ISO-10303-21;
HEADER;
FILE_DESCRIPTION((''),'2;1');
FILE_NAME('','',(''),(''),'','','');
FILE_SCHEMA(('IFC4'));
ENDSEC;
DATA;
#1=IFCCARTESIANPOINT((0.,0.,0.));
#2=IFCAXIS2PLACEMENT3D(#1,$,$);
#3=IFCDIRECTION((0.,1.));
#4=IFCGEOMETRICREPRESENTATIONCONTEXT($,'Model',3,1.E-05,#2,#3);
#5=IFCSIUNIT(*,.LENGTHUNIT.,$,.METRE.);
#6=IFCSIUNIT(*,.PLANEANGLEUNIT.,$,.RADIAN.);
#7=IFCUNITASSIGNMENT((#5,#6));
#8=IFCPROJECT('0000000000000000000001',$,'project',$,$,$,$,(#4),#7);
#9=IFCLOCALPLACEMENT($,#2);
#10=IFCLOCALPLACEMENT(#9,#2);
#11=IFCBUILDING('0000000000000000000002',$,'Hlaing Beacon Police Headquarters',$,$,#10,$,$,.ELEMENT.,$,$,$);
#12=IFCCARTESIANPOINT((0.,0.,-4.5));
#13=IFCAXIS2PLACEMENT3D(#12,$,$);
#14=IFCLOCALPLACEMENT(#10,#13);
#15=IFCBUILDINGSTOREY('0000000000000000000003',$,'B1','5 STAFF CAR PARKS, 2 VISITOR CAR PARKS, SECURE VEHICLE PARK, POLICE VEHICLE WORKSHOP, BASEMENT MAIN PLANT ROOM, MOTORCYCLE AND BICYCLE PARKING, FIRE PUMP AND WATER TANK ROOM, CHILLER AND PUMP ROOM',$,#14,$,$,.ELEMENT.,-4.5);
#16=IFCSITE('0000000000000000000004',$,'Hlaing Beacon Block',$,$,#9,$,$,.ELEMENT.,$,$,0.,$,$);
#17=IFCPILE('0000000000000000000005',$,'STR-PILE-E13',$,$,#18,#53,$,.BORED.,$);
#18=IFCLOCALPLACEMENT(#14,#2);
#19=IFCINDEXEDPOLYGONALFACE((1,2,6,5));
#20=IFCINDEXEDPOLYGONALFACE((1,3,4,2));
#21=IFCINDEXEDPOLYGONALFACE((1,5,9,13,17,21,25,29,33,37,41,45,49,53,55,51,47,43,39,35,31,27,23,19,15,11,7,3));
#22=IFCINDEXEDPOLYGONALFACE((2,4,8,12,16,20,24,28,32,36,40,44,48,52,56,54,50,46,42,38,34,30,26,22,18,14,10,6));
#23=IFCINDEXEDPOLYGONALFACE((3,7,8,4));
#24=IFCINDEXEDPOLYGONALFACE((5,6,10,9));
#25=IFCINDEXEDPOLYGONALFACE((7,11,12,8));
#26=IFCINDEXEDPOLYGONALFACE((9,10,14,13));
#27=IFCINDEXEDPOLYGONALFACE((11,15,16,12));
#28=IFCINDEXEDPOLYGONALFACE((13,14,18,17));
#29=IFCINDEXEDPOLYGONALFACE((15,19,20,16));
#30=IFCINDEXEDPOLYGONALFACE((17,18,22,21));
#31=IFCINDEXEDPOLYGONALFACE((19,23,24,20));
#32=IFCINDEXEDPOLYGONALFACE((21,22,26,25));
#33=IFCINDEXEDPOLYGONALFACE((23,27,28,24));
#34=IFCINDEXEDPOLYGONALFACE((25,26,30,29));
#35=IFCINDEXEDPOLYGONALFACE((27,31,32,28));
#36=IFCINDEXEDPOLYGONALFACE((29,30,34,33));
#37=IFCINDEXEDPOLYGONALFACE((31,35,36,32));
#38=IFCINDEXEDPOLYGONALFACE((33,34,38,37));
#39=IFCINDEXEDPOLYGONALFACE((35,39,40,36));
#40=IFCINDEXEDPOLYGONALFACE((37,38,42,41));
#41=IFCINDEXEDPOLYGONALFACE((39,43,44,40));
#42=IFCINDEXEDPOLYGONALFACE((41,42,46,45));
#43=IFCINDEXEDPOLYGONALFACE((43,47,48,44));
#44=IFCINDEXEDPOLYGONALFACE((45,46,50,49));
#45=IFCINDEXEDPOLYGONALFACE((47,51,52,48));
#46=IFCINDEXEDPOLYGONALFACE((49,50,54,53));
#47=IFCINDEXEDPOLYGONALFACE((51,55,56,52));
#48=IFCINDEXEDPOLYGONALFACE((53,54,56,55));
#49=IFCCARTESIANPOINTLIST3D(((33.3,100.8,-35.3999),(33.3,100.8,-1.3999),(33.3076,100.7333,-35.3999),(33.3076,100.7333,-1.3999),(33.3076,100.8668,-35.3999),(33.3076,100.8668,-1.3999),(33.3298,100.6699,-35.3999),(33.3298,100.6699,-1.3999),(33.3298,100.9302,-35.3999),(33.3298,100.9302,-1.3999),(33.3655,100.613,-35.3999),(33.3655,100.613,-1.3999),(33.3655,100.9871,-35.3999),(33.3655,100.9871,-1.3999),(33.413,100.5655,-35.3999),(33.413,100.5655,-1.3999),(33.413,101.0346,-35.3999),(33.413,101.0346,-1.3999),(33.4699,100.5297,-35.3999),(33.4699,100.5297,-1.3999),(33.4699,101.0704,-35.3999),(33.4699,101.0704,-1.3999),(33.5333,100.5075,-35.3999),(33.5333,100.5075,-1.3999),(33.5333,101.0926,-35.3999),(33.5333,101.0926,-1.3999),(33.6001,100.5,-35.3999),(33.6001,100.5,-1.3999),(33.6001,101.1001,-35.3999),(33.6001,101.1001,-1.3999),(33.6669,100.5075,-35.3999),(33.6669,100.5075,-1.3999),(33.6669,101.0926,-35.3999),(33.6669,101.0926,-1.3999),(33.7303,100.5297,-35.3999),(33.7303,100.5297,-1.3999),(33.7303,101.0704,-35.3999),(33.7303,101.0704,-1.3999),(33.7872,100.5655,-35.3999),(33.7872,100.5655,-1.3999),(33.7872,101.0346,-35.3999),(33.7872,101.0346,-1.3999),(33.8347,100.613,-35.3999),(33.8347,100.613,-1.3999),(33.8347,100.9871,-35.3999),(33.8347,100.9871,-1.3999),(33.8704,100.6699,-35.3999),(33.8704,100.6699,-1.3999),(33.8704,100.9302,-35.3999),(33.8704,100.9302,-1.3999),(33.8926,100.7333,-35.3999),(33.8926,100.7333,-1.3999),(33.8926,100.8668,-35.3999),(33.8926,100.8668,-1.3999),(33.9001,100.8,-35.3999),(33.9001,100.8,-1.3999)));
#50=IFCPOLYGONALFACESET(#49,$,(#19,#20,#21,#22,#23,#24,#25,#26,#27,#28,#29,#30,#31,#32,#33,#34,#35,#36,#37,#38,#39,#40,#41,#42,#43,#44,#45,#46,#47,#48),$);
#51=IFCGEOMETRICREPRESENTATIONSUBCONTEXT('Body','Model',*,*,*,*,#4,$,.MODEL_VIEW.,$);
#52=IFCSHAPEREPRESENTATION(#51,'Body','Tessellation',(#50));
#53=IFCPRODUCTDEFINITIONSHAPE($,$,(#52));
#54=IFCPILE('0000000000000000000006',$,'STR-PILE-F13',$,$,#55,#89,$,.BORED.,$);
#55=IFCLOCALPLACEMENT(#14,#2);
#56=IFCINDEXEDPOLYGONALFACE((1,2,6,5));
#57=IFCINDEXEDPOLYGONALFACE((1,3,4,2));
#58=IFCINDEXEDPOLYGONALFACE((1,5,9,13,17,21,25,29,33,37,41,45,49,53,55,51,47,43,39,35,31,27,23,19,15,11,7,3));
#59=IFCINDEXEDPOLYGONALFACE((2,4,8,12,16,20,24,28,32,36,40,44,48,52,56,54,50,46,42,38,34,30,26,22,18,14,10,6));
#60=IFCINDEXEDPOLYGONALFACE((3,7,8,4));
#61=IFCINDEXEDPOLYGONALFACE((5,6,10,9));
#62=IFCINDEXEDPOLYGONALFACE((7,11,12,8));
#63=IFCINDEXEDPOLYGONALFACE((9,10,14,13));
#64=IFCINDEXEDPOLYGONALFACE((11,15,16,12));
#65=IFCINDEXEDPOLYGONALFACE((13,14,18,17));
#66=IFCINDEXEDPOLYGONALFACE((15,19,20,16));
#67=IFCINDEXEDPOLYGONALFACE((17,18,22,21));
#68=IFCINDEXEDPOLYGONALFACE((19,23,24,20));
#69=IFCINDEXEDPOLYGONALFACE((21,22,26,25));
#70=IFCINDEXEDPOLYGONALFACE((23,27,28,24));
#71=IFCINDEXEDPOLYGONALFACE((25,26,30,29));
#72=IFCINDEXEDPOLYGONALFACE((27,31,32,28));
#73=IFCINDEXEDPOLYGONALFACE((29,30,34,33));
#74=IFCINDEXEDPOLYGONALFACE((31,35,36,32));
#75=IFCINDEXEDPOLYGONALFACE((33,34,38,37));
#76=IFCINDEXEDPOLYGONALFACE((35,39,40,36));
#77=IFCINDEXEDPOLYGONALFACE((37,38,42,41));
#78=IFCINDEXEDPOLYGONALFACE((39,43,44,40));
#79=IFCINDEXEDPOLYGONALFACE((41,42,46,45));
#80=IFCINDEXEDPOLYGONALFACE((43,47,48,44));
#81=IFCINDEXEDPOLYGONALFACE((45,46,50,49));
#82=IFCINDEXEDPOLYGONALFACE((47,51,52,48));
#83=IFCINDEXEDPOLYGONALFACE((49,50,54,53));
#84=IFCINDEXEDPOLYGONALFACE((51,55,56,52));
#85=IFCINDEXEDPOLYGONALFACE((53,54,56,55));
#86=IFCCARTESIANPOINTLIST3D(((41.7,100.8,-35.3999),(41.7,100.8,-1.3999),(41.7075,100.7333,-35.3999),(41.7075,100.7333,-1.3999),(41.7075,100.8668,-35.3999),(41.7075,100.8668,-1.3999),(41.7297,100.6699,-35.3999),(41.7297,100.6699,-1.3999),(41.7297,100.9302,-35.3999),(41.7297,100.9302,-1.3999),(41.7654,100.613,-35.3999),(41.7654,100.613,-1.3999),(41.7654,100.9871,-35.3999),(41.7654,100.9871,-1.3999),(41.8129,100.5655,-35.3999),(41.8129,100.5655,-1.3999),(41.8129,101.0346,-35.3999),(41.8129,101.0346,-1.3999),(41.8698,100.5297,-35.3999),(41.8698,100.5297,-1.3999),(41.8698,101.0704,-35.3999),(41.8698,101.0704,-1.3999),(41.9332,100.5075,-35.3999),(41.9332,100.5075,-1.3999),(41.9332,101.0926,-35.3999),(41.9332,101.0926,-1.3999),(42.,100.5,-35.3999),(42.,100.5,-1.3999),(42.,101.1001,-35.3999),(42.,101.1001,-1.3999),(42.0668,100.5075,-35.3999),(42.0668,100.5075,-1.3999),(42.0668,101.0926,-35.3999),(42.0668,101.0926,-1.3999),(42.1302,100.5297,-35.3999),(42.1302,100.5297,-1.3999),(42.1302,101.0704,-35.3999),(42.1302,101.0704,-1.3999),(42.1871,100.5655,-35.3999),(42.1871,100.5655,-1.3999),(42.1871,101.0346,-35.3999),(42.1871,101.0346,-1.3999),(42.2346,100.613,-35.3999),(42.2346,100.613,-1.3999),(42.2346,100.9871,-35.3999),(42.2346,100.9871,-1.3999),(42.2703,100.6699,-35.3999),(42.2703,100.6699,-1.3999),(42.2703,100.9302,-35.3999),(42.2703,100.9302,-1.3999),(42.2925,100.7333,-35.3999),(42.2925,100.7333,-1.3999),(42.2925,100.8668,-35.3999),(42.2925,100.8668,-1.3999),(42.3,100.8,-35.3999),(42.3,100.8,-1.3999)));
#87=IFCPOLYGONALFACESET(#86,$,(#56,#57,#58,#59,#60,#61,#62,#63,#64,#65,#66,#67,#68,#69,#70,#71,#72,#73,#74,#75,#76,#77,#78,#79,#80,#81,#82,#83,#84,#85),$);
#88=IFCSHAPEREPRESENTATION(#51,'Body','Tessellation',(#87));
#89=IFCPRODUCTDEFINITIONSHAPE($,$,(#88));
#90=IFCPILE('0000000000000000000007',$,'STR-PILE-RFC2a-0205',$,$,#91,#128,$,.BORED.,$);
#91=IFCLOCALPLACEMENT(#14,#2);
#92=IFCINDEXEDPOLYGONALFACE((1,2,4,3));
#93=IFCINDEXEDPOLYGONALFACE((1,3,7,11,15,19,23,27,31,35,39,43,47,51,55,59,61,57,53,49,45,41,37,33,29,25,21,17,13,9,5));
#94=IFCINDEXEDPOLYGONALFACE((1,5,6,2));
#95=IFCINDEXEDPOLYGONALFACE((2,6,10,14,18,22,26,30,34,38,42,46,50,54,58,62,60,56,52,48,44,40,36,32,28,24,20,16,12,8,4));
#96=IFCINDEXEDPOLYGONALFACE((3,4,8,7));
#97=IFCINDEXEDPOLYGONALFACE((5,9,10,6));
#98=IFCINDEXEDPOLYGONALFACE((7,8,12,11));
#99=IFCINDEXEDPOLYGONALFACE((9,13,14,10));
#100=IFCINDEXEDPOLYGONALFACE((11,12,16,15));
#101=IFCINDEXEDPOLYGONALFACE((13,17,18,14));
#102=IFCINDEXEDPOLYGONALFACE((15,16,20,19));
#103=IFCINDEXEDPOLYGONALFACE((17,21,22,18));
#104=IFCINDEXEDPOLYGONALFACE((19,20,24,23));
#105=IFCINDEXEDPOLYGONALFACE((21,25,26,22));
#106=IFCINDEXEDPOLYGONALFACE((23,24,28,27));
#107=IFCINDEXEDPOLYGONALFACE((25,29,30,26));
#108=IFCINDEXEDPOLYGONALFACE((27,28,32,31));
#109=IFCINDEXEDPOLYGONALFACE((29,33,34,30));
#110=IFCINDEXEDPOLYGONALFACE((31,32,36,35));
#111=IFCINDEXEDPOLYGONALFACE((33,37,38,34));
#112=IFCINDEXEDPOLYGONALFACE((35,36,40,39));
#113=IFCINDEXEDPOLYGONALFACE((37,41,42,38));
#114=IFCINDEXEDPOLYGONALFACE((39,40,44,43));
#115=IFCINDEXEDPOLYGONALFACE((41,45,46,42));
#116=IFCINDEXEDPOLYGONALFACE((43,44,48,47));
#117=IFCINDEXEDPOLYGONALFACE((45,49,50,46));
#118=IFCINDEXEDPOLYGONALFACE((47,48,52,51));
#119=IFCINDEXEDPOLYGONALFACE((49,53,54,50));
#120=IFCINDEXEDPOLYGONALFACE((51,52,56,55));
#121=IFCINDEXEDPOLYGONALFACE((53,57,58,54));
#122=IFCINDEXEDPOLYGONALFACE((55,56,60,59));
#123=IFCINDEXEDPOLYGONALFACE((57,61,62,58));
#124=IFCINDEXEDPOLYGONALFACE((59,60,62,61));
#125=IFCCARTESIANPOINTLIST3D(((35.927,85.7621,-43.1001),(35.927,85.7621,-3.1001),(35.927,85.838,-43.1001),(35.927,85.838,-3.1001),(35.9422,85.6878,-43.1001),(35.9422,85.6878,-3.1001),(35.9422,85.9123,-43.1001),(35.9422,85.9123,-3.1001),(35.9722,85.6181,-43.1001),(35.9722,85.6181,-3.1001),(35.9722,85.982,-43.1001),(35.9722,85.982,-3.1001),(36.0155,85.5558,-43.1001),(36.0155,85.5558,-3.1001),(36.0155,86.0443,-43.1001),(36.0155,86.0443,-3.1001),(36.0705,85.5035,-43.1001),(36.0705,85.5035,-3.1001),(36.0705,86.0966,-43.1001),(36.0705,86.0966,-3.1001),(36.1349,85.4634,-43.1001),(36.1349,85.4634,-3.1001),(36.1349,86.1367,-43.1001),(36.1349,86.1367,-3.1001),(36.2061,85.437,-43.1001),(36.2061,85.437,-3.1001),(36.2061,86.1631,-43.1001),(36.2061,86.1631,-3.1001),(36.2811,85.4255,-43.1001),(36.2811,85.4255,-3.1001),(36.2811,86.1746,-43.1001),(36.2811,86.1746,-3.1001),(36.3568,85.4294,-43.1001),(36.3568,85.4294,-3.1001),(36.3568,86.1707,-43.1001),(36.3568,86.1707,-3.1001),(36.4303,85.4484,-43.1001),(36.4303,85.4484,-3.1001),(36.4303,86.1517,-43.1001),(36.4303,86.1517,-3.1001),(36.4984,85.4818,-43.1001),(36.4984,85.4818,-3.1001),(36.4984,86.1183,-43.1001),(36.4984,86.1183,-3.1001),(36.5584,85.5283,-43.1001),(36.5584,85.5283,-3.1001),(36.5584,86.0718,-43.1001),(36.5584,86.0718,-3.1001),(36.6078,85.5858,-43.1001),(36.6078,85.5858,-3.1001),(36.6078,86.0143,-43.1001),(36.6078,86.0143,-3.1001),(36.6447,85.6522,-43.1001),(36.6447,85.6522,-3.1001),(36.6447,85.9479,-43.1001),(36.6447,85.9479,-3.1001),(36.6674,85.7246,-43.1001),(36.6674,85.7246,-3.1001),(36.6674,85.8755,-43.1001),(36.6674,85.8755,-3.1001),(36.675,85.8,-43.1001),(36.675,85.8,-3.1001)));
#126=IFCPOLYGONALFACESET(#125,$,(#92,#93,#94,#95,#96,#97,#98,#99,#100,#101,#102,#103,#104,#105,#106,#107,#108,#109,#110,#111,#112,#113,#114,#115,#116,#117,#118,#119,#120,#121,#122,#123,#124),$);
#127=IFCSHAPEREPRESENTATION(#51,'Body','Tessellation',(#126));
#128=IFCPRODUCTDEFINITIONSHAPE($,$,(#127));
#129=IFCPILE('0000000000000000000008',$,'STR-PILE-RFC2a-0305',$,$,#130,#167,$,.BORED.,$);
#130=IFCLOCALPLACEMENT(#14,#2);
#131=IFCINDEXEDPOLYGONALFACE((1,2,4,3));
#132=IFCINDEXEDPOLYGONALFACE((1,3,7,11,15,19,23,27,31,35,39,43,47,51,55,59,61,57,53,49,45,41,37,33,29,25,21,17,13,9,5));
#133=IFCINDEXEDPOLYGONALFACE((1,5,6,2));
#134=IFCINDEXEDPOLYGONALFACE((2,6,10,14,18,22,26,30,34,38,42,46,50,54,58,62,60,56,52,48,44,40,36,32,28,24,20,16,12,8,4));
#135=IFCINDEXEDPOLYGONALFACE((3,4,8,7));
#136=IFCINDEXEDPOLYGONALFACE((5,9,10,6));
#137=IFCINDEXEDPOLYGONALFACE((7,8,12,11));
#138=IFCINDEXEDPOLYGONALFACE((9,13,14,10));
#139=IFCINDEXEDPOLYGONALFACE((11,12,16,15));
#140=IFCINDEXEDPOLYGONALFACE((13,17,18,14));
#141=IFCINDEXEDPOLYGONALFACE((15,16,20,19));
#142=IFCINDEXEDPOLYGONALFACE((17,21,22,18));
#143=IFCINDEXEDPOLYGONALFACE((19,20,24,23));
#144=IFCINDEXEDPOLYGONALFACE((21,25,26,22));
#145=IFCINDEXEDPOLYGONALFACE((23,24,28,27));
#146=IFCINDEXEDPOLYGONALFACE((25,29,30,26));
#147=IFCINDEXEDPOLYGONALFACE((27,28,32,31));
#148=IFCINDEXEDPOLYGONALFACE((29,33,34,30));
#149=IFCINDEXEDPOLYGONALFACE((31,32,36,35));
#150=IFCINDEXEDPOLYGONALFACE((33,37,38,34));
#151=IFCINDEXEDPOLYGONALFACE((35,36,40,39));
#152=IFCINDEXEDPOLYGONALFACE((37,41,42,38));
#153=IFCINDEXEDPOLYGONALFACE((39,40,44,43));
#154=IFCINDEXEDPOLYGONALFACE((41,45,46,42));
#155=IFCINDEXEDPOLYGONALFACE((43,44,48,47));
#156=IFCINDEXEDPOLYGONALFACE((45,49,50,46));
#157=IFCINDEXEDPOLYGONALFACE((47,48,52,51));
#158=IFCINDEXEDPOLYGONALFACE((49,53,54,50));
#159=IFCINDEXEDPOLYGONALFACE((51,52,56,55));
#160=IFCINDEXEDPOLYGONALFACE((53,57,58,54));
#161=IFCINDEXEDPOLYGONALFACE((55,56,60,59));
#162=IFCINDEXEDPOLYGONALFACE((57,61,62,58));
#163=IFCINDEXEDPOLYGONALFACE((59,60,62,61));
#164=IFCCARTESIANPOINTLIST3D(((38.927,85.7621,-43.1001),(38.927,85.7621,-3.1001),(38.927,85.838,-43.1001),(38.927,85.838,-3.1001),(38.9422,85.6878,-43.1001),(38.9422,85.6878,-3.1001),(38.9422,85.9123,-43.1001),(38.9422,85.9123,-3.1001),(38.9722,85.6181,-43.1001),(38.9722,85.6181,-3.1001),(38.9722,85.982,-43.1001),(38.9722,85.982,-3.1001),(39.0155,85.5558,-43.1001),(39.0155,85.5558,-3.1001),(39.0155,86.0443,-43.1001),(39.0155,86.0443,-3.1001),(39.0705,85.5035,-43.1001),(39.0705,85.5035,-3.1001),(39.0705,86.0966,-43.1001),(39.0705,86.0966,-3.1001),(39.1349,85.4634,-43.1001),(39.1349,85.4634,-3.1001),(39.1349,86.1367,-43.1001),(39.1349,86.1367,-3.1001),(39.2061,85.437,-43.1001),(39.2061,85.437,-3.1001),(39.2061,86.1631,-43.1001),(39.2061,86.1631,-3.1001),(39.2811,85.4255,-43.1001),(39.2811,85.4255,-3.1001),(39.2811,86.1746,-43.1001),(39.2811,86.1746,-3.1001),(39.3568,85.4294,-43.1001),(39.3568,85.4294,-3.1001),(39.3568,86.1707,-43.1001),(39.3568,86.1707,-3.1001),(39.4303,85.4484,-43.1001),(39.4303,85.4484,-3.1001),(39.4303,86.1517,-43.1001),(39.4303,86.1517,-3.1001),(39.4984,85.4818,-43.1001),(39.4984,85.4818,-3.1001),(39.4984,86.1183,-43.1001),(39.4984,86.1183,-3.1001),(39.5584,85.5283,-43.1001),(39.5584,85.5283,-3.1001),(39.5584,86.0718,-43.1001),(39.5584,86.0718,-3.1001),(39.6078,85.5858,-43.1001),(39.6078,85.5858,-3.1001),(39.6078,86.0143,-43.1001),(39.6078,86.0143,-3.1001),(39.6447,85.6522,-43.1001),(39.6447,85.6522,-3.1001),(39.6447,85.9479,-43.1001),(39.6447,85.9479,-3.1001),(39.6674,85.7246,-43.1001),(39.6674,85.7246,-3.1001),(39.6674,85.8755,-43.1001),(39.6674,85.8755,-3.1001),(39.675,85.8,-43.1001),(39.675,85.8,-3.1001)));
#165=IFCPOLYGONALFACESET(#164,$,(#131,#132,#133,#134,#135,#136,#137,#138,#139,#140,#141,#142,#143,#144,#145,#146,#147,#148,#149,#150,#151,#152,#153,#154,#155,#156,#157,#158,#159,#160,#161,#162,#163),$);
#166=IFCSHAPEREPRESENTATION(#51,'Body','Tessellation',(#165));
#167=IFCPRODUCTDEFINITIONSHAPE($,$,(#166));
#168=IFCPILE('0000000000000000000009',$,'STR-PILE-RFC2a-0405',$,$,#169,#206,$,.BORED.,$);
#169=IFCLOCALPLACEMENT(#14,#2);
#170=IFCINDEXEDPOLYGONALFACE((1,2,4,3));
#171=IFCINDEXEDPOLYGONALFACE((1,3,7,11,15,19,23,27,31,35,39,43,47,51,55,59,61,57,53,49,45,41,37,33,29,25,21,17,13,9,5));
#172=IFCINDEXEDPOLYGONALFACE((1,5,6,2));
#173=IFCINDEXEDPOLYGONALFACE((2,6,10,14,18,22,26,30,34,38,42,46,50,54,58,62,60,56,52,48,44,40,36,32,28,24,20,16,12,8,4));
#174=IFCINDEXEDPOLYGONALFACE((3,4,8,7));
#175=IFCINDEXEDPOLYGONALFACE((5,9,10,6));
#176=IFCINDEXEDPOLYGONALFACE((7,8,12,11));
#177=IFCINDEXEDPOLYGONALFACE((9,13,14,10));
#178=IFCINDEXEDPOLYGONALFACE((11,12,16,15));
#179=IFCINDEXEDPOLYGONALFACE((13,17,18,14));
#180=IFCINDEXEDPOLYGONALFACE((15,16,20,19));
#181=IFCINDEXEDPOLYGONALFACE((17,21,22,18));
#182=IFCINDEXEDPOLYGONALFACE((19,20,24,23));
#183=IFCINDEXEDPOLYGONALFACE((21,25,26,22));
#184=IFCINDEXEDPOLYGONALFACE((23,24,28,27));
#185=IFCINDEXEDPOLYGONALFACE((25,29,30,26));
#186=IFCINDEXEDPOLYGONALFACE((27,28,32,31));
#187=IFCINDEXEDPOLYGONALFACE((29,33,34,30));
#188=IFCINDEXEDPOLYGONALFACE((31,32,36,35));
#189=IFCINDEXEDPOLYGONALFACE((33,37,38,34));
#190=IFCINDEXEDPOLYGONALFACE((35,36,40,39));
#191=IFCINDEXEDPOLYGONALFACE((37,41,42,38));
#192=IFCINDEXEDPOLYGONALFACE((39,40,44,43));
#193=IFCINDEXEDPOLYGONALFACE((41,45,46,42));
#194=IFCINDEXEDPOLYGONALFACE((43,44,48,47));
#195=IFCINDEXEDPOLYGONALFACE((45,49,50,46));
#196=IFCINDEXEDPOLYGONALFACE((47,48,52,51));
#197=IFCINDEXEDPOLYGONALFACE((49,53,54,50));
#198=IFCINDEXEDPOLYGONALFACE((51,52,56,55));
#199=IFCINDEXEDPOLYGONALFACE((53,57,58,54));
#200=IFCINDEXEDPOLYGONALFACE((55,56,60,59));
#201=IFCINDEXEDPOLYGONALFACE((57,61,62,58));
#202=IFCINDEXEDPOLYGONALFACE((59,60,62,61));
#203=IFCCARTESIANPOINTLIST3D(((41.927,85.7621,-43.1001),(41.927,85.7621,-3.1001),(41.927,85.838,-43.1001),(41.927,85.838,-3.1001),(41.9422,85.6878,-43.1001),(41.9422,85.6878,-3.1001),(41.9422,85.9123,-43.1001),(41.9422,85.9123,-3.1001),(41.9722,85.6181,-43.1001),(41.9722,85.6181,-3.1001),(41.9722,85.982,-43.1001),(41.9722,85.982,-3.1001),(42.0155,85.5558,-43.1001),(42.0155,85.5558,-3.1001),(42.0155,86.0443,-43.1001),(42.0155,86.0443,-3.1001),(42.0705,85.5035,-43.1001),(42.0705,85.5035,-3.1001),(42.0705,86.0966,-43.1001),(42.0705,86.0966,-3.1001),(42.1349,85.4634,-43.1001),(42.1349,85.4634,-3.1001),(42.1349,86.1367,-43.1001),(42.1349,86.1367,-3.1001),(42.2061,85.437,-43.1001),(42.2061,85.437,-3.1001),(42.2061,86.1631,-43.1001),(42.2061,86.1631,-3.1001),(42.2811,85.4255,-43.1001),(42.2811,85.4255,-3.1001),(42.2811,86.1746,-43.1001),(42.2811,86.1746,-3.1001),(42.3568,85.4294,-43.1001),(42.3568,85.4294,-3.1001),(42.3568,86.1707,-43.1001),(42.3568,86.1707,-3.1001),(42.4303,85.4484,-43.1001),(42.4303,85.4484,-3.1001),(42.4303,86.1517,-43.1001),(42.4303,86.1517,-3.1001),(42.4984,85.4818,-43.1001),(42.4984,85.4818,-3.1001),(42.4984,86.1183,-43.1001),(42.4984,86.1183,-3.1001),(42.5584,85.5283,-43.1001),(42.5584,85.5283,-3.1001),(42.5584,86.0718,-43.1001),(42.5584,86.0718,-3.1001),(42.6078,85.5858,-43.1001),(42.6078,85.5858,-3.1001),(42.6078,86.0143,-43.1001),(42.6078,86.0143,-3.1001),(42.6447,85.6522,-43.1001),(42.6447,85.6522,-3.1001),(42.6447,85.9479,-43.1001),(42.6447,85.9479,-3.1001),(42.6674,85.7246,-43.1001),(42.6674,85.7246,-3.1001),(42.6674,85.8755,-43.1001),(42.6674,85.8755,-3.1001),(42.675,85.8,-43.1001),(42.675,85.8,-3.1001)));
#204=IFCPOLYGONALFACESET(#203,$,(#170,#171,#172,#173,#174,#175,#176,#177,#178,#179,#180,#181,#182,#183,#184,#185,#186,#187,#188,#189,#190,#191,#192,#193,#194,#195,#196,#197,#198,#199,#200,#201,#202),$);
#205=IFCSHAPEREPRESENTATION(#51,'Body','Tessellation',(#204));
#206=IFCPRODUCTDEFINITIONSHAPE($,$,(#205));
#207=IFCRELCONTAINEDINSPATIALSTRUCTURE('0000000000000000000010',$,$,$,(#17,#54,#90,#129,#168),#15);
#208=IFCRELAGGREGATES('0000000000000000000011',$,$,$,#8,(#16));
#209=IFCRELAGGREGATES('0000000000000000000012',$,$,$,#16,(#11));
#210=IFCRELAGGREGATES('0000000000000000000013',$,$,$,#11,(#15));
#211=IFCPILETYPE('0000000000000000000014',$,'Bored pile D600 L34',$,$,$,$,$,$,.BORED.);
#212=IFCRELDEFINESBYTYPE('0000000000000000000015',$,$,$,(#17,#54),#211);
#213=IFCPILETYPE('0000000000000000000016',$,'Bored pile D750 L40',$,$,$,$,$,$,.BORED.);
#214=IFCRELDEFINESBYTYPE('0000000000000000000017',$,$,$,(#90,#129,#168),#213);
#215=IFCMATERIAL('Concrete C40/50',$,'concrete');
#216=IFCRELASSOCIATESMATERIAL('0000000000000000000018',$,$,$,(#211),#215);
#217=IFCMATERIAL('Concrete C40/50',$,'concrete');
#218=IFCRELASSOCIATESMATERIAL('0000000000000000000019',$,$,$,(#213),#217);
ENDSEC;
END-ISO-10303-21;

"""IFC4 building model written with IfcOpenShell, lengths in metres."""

from ifc_helpers import new_model, si_unit, direction, frame, origin, origin_2d, place, context, subcontext, project, spatial, circle, extrude, material, material_profile, profile_set, type_object, element, save


model = new_model("IFC4")

# Units and contexts
model_context = context("Model", 3, precision=1e-05, world=origin(), true_north=direction((0.0, 1.0)))
body_context = subcontext(model_context, "Body", "Model", "MODEL_VIEW")
ifc_project = project(units=[si_unit("LENGTHUNIT", "METRE"), si_unit("PLANEANGLEUNIT", "RADIAN")], contexts=[model_context])

# Site, building, storey
site_placement = place(None, origin())
site = spatial("IfcSite", under=ifc_project, at=site_placement, Name="Hlaing Beacon Block", CompositionType="ELEMENT", RefElevation=0.0)
building_placement = place(site_placement, origin())
building = spatial("IfcBuilding", under=site, at=building_placement, Name="Hlaing Beacon Police Headquarters", CompositionType="ELEMENT")
storey_placement = place(building_placement, frame((0.0, 0.0, -4.5)))
storey = spatial("IfcBuildingStorey", under=building, at=storey_placement, Name="B1", Description="5 STAFF CAR PARKS, 2 VISITOR CAR PARKS, SECURE VEHICLE PARK, POLICE VEHICLE WORKSHOP, BASEMENT MAIN PLANT ROOM, MOTORCYCLE AND BICYCLE PARKING, FIRE PUMP AND WATER TANK ROOM, CHILLER AND PUMP ROOM", CompositionType="ELEMENT", Elevation=-4.5)

# Piles
ifc_material_1 = material(Name="Concrete C40/50", Category="concrete")
ifc_material_profile_1 = material_profile(ifc_material_1, circle(Radius=0.3, at=origin_2d()), Name="D600")
ifc_profile_set_1 = profile_set([ifc_material_profile_1], Name="Concrete C40/50")
pile_type_1 = type_object("IfcPileType", Name="Bored pile D600 L34", PredefinedType="BORED", material=ifc_profile_set_1)
for number, where, z_axis, x_axis, name in (
    (1, (33.6001, 100.8, -1.3999), (0.0, 0.0, -1.0), (1.0, 0.0, 0.0), "STR-PILE-E13"),
    (2, (42.0, 100.8, -1.3999), (0.0, 0.0, -1.0), (1.0, 0.0, 0.0), "STR-PILE-F13"),
):
    element("IfcPile", number, at=place(storey_placement, frame(where, z_axis=z_axis, x_axis=x_axis)), inside=storey, type_object=pile_type_1, Name=name, PredefinedType="BORED", context=body_context, shape_type="SweptSolid", body=[
        extrude(circle(Radius=0.3, at=origin_2d()), origin(), (0.0, 0.0, 1.0), 34.0),
    ])
ifc_material_2 = material(Name="Concrete C40/50", Category="concrete")
ifc_material_profile_2 = material_profile(ifc_material_2, circle(Radius=0.375, at=origin_2d()), Name="D750")
ifc_profile_set_2 = profile_set([ifc_material_profile_2], Name="Concrete C40/50")
pile_type_2 = type_object("IfcPileType", Name="Bored pile D750 L40", PredefinedType="BORED", material=ifc_profile_set_2)
for number, where, z_axis, x_axis, name in (
    (3, (36.3, 85.8, -3.1001), (0.0, 0.0, -1.0), (1.0, 0.0, 0.0), "STR-PILE-RFC2a-0205"),
    (4, (39.3, 85.8, -3.1001), (0.0, 0.0, -1.0), (1.0, 0.0, 0.0), "STR-PILE-RFC2a-0305"),
    (5, (42.3, 85.8, -3.1001), (0.0, 0.0, -1.0), (1.0, 0.0, 0.0), "STR-PILE-RFC2a-0405"),
):
    element("IfcPile", number, at=place(storey_placement, frame(where, z_axis=z_axis, x_axis=x_axis)), inside=storey, type_object=pile_type_2, Name=name, PredefinedType="BORED", context=body_context, shape_type="SweptSolid", body=[
        extrude(circle(Radius=0.375, at=origin_2d()), origin(), (0.0, 0.0, 1.0), 40.0),
    ])

save(model, "model.ifc")
